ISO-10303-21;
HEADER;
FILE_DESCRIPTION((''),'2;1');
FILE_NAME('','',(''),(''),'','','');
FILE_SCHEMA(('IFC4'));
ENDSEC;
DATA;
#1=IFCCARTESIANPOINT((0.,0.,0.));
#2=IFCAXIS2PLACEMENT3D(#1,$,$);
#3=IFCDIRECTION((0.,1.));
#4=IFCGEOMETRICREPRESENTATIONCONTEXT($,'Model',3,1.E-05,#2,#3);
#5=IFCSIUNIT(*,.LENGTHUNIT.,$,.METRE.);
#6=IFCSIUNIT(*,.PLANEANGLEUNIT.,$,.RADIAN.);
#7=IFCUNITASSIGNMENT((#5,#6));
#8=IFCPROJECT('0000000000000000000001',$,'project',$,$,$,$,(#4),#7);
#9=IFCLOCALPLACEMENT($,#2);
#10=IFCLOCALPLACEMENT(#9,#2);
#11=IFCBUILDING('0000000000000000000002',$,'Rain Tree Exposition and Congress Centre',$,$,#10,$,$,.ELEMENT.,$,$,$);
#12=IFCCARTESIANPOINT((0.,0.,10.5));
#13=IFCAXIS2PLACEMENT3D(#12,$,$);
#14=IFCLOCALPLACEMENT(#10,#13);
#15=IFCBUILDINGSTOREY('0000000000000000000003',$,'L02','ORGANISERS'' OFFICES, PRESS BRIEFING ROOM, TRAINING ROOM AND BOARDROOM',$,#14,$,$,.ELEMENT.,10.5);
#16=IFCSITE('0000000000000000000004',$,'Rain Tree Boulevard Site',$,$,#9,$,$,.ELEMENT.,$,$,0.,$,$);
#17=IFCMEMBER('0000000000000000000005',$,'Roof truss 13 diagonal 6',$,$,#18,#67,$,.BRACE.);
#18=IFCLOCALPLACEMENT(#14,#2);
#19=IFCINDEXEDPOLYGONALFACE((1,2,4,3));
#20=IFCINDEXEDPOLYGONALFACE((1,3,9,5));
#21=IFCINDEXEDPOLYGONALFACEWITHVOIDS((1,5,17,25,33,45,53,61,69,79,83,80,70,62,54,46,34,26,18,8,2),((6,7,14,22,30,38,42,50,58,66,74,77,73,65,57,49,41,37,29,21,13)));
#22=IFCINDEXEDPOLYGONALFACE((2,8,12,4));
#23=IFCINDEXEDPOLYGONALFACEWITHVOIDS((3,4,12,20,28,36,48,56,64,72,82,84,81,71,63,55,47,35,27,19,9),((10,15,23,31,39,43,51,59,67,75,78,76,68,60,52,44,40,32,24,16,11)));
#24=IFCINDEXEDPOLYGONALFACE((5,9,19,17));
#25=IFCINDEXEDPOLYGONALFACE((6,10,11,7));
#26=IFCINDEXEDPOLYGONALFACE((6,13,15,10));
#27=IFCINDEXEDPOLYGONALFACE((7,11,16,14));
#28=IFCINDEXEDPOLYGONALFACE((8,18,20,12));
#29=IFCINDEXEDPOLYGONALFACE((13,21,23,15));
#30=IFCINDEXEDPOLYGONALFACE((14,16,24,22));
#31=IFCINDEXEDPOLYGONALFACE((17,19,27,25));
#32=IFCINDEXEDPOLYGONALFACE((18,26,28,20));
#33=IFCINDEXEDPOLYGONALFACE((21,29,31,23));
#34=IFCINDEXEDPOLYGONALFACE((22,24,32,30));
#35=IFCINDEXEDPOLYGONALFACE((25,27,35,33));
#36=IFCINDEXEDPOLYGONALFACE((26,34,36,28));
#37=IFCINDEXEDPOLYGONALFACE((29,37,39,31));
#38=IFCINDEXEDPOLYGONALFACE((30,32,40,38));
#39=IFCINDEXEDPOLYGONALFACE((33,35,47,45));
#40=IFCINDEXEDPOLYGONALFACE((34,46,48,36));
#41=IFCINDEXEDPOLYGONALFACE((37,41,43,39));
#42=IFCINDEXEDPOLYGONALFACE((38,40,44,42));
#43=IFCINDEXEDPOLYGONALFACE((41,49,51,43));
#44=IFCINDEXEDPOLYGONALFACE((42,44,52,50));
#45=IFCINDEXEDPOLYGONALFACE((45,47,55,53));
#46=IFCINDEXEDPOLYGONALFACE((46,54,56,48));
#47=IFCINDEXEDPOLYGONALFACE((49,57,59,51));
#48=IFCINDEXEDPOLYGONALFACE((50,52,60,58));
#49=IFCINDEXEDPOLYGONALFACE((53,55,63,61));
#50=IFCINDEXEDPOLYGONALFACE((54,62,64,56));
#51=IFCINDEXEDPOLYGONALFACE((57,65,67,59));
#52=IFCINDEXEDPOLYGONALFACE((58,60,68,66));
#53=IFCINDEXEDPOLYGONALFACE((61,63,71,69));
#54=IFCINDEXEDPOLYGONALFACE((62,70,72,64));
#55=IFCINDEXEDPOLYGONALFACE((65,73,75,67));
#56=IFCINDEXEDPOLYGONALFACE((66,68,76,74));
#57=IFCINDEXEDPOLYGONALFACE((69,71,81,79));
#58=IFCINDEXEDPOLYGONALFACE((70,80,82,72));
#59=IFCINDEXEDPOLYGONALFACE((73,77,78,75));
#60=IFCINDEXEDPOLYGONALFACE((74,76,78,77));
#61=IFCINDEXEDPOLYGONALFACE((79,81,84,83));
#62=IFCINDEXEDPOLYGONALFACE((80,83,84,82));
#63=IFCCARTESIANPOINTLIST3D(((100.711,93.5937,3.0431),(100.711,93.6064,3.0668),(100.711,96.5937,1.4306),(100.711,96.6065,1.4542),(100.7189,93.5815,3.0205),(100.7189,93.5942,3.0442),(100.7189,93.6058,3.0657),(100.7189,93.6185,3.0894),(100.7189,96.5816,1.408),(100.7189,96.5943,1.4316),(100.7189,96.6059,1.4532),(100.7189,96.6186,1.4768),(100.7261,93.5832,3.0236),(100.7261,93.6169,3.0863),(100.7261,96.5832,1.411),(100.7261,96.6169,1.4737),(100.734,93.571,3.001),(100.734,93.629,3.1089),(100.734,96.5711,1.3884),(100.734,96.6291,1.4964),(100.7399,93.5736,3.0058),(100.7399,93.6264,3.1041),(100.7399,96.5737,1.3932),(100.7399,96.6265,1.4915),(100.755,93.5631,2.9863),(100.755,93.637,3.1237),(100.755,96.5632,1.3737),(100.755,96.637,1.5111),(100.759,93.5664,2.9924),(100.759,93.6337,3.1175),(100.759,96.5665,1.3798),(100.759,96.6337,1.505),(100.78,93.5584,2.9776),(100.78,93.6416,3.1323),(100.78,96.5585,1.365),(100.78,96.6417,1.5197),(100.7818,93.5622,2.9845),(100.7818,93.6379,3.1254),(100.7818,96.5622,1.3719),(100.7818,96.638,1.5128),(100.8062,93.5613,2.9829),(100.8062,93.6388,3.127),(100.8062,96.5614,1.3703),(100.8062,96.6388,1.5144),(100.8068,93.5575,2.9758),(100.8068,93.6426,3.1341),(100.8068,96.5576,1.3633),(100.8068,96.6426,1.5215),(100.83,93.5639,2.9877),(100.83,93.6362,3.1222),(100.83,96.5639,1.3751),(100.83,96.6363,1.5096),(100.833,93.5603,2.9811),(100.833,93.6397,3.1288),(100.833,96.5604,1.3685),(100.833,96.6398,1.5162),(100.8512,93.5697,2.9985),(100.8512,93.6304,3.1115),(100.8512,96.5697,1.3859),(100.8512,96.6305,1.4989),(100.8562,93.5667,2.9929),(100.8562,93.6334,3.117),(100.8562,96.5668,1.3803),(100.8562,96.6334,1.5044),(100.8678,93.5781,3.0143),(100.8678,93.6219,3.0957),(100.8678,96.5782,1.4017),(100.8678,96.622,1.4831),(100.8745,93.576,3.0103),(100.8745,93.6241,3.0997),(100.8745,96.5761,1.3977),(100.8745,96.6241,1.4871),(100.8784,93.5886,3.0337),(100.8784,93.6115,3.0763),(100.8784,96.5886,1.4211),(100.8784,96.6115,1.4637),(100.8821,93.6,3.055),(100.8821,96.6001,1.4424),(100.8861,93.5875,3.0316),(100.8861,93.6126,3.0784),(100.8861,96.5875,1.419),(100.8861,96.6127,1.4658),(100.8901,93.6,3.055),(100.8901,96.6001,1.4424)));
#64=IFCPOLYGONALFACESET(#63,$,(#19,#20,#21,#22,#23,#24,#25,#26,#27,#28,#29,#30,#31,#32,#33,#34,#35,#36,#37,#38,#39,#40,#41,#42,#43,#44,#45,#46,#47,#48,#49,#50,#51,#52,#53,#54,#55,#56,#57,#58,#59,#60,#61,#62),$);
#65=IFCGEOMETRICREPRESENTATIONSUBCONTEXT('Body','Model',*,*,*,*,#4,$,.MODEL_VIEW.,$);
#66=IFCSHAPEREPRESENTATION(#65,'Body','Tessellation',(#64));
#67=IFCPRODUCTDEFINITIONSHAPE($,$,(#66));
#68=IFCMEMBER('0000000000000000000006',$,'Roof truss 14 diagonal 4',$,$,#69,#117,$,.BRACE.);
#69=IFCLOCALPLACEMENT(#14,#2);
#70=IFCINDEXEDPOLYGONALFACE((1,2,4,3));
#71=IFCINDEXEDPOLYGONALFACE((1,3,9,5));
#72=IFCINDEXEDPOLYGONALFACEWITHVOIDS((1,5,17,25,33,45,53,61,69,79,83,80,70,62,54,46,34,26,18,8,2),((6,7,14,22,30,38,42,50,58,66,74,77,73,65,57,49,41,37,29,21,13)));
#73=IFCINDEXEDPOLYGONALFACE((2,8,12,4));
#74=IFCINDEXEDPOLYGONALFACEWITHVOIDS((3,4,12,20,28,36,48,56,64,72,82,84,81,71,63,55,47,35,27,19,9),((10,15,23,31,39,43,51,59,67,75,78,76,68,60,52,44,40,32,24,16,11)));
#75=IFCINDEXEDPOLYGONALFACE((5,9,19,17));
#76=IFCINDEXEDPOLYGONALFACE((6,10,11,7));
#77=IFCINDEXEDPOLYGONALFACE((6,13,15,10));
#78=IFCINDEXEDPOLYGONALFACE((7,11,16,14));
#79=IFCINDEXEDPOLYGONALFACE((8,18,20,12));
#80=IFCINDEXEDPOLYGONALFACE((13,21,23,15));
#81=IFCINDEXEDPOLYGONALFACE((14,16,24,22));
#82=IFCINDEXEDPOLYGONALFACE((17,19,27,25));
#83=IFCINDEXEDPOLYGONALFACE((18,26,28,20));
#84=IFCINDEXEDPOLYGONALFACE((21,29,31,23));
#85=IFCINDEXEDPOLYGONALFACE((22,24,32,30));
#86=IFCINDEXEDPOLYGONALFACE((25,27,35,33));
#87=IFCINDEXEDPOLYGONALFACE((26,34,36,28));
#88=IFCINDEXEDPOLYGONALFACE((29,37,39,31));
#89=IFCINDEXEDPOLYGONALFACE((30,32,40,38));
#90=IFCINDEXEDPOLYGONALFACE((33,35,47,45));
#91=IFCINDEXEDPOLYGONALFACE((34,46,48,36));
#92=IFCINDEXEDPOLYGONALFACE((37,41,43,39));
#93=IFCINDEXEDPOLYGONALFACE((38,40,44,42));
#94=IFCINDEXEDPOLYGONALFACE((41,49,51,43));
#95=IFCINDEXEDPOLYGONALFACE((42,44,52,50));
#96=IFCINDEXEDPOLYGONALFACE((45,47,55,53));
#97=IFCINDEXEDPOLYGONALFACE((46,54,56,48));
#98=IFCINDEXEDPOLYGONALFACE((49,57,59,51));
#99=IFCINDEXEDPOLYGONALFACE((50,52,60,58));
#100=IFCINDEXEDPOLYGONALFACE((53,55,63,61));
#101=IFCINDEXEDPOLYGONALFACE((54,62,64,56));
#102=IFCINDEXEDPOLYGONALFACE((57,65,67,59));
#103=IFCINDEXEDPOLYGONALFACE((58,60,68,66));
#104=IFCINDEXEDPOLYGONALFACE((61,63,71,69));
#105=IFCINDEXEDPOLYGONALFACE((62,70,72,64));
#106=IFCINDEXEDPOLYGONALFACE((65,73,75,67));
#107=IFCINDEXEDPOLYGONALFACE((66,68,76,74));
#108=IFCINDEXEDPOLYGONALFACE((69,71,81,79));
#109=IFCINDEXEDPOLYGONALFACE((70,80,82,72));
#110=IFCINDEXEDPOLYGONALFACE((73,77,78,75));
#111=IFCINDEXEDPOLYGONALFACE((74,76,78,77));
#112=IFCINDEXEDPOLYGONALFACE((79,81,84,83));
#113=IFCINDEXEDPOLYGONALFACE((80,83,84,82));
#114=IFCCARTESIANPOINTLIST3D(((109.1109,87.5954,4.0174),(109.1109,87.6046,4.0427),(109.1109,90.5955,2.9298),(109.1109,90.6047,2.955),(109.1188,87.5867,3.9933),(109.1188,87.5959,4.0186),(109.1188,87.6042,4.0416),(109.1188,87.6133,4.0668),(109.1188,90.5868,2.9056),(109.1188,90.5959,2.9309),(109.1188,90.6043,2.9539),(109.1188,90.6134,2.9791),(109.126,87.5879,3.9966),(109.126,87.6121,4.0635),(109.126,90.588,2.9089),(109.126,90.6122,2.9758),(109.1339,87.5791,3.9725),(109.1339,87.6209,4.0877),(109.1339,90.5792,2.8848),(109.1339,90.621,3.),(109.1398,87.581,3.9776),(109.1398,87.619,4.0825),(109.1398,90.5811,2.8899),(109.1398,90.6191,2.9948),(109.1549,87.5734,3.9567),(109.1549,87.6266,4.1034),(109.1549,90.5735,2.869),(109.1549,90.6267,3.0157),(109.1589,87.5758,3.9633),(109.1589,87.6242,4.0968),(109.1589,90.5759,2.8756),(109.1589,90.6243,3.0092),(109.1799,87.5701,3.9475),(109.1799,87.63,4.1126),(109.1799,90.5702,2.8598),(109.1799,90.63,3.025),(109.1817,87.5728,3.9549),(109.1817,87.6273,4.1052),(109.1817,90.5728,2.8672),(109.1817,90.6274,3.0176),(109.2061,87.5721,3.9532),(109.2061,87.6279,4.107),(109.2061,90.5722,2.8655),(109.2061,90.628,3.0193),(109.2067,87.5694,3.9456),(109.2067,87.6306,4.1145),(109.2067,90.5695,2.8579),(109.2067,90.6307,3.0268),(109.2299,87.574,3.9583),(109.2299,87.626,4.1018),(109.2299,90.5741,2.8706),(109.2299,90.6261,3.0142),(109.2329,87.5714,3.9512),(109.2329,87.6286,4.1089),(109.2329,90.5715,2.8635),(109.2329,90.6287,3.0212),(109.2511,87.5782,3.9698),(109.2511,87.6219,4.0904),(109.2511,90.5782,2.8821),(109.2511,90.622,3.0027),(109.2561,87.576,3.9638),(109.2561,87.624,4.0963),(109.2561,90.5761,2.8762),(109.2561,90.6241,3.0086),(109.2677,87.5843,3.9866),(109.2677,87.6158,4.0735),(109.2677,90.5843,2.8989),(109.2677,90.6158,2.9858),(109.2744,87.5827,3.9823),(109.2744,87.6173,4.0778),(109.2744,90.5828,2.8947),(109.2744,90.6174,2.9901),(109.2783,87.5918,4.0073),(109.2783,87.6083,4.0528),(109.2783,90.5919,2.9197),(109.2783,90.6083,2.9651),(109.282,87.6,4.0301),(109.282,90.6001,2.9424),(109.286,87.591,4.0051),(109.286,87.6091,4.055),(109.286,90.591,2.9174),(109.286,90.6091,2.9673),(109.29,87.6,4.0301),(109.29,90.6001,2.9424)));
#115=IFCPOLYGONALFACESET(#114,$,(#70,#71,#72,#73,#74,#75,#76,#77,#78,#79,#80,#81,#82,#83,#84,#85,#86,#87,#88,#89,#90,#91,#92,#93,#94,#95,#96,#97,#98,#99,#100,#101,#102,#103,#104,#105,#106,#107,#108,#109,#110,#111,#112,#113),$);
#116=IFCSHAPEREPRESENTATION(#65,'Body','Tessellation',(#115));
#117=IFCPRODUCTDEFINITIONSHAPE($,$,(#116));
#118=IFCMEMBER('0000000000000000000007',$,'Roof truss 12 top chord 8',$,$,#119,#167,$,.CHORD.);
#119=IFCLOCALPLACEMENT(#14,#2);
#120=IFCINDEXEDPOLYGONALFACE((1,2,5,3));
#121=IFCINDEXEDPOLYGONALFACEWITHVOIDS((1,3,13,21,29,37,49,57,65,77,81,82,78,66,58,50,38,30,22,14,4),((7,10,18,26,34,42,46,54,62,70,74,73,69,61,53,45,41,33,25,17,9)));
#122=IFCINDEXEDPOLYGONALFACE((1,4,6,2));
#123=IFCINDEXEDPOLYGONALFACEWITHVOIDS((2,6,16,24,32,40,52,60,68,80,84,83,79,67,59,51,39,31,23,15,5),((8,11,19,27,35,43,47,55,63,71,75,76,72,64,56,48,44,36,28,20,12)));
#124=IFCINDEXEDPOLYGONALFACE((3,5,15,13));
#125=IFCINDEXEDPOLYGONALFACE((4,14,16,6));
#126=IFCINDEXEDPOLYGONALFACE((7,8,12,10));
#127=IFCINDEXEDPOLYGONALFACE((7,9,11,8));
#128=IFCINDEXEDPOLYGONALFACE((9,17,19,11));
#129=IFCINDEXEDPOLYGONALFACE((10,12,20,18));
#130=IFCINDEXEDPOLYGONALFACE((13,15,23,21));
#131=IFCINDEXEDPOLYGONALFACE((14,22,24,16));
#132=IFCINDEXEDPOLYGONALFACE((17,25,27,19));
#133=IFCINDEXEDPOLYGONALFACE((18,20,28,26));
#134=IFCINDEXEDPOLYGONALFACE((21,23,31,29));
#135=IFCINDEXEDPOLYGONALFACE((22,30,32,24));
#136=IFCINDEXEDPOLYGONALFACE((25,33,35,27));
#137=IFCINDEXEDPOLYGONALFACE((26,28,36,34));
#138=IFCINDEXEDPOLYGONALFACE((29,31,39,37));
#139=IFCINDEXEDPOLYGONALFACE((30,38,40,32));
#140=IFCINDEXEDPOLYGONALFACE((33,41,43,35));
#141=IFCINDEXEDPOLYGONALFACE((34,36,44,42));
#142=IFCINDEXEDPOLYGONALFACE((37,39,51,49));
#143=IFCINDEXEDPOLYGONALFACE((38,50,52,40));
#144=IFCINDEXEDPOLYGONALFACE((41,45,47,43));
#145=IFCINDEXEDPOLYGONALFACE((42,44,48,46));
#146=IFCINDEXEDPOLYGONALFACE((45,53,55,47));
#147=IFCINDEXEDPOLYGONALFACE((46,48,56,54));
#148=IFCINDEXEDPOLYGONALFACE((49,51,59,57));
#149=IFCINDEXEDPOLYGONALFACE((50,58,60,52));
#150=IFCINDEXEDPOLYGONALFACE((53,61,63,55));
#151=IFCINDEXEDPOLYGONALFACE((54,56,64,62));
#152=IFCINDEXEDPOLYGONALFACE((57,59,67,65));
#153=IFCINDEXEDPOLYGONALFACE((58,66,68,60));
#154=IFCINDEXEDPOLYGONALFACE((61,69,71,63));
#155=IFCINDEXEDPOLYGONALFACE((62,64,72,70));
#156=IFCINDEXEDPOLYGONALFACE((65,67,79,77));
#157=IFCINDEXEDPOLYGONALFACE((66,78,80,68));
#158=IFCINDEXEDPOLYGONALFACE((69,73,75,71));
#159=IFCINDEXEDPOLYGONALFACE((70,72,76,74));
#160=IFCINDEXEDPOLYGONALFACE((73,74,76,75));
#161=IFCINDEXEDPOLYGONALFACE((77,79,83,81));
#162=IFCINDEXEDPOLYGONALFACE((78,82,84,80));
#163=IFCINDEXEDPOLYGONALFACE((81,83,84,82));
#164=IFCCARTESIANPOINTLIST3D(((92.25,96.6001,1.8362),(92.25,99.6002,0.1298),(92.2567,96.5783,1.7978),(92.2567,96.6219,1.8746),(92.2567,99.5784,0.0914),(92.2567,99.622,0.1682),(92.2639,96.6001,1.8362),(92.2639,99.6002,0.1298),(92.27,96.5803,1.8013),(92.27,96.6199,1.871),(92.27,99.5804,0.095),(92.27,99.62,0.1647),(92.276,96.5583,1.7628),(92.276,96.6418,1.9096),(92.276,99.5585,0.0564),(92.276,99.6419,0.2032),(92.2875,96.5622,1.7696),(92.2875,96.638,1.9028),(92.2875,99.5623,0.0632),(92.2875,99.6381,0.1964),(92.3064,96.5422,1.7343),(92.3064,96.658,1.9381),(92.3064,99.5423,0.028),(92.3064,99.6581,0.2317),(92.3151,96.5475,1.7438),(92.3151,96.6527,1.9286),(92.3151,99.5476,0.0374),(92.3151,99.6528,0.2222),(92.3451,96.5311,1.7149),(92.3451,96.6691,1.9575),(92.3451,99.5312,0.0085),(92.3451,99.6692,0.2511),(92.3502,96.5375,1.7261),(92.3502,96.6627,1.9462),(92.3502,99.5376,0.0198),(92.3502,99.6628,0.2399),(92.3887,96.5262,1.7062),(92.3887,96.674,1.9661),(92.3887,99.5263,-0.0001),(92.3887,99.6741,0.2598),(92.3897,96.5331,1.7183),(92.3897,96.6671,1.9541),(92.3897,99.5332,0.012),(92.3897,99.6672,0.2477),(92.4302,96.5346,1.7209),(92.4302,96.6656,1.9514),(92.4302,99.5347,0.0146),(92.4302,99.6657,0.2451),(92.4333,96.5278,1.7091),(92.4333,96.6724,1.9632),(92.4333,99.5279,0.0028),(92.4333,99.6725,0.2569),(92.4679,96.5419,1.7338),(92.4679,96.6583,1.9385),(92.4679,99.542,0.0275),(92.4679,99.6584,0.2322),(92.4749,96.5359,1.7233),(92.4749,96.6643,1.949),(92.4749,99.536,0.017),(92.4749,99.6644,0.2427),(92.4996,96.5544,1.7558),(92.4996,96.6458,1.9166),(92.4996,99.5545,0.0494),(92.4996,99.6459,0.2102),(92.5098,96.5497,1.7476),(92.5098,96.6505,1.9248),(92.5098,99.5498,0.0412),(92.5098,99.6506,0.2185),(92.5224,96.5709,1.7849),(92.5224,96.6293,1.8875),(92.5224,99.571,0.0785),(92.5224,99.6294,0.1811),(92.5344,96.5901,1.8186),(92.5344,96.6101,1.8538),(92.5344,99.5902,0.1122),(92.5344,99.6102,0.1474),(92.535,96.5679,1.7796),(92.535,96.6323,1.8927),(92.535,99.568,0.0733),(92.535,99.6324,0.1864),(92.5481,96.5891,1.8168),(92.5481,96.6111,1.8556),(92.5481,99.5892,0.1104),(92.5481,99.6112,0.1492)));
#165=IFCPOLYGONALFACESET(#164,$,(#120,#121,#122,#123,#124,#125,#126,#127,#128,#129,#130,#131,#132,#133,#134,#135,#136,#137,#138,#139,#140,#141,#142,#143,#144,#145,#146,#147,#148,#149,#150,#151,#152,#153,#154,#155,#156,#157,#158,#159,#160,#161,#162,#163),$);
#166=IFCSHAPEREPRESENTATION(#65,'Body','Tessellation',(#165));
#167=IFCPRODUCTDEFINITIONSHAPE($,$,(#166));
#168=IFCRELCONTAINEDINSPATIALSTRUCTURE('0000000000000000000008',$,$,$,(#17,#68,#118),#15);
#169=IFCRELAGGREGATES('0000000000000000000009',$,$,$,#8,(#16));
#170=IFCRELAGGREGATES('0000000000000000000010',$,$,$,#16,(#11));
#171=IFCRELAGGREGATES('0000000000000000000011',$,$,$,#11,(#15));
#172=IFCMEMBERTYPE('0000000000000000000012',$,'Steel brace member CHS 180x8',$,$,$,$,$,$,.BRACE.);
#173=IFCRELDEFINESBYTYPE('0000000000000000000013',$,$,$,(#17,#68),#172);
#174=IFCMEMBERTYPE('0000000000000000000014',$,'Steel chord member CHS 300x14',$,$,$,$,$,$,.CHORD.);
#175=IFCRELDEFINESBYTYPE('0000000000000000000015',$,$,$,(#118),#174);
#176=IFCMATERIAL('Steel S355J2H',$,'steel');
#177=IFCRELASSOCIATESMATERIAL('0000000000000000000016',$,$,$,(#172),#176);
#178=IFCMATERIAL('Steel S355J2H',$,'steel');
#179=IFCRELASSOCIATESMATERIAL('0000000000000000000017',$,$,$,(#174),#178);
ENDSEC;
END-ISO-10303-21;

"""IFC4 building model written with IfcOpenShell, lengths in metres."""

from ifc_helpers import new_model, si_unit, direction, frame, origin, origin_2d, place, context, subcontext, project, spatial, hollow_circle, extrude, material, material_profile, profile_set, type_object, element, save


model = new_model("IFC4")

# Units and contexts
model_context = context("Model", 3, precision=1e-05, world=origin(), true_north=direction((0.0, 1.0)))
body_context = subcontext(model_context, "Body", "Model", "MODEL_VIEW")
ifc_project = project(units=[si_unit("LENGTHUNIT", "METRE"), si_unit("PLANEANGLEUNIT", "RADIAN")], contexts=[model_context])

# Site, building, storey
site_placement = place(None, origin())
site = spatial("IfcSite", under=ifc_project, at=site_placement, Name="Rain Tree Boulevard Site", CompositionType="ELEMENT", RefElevation=0.0)
building_placement = place(site_placement, origin())
building = spatial("IfcBuilding", under=site, at=building_placement, Name="Rain Tree Exposition and Congress Centre", CompositionType="ELEMENT")
storey_placement = place(building_placement, frame((0.0, 0.0, 10.5)))
storey = spatial("IfcBuildingStorey", under=building, at=storey_placement, Name="L02", Description="ORGANISERS' OFFICES, PRESS BRIEFING ROOM, TRAINING ROOM AND BOARDROOM", CompositionType="ELEMENT", Elevation=10.5)

# Members
ifc_material_1 = material(Name="Steel S355J2H", Category="steel")
ifc_material_profile_1 = material_profile(ifc_material_1, hollow_circle(Radius=0.0901, WallThickness=0.0081, at=origin_2d()), Name="CHS 180x8")
ifc_profile_set_1 = profile_set([ifc_material_profile_1], Name="Steel S355J2H")
member_type_1 = type_object("IfcMemberType", Name="Steel brace member CHS 180x8", PredefinedType="BRACE", material=ifc_profile_set_1)
member_1_placement = place(storey_placement, frame((100.8, 96.6001, 1.4424), z_axis=(0.0, -0.880818, 0.473454), x_axis=(1.0, 0.0, 0.0)))
element("IfcMember", 1, at=member_1_placement, inside=storey, type_object=member_type_1, Name="Roof truss 13 diagonal 6", PredefinedType="BRACE", context=body_context, shape_type="SweptSolid", body=[
    extrude(hollow_circle(Radius=0.0901, WallThickness=0.0081, at=origin_2d()), origin(), (0.0, 0.0, 1.0), 3.406),
])
member_2_placement = place(storey_placement, frame((109.2, 90.6001, 2.9424), z_axis=(0.0, -0.940121, 0.34084), x_axis=(1.0, 0.0, 0.0)))
element("IfcMember", 2, at=member_2_placement, inside=storey, type_object=member_type_1, Name="Roof truss 14 diagonal 4", PredefinedType="BRACE", context=body_context, shape_type="SweptSolid", body=[
    extrude(hollow_circle(Radius=0.0901, WallThickness=0.0081, at=origin_2d()), origin(), (0.0, 0.0, 1.0), 3.1912),
])
ifc_material_2 = material(Name="Steel S355J2H", Category="steel")
ifc_material_profile_2 = material_profile(ifc_material_2, hollow_circle(Radius=0.1499, WallThickness=0.0139, at=origin_2d()), Name="CHS 300x14")
ifc_profile_set_2 = profile_set([ifc_material_profile_2], Name="Steel S355J2H")
member_type_2 = type_object("IfcMemberType", Name="Steel chord member CHS 300x14", PredefinedType="CHORD", material=ifc_profile_set_2)
member_3_placement = place(storey_placement, frame((92.3999, 96.6001, 1.8362), z_axis=(0.0, 0.869238, -0.494393), x_axis=(-1.0, 0.0, 0.0)))
element("IfcMember", 3, at=member_3_placement, inside=storey, type_object=member_type_2, Name="Roof truss 12 top chord 8", PredefinedType="CHORD", context=body_context, shape_type="SweptSolid", body=[
    extrude(hollow_circle(Radius=0.1499, WallThickness=0.0139, at=origin_2d()), origin(), (0.0, 0.0, 1.0), 3.4514),
])

save(model, "model.ifc")
